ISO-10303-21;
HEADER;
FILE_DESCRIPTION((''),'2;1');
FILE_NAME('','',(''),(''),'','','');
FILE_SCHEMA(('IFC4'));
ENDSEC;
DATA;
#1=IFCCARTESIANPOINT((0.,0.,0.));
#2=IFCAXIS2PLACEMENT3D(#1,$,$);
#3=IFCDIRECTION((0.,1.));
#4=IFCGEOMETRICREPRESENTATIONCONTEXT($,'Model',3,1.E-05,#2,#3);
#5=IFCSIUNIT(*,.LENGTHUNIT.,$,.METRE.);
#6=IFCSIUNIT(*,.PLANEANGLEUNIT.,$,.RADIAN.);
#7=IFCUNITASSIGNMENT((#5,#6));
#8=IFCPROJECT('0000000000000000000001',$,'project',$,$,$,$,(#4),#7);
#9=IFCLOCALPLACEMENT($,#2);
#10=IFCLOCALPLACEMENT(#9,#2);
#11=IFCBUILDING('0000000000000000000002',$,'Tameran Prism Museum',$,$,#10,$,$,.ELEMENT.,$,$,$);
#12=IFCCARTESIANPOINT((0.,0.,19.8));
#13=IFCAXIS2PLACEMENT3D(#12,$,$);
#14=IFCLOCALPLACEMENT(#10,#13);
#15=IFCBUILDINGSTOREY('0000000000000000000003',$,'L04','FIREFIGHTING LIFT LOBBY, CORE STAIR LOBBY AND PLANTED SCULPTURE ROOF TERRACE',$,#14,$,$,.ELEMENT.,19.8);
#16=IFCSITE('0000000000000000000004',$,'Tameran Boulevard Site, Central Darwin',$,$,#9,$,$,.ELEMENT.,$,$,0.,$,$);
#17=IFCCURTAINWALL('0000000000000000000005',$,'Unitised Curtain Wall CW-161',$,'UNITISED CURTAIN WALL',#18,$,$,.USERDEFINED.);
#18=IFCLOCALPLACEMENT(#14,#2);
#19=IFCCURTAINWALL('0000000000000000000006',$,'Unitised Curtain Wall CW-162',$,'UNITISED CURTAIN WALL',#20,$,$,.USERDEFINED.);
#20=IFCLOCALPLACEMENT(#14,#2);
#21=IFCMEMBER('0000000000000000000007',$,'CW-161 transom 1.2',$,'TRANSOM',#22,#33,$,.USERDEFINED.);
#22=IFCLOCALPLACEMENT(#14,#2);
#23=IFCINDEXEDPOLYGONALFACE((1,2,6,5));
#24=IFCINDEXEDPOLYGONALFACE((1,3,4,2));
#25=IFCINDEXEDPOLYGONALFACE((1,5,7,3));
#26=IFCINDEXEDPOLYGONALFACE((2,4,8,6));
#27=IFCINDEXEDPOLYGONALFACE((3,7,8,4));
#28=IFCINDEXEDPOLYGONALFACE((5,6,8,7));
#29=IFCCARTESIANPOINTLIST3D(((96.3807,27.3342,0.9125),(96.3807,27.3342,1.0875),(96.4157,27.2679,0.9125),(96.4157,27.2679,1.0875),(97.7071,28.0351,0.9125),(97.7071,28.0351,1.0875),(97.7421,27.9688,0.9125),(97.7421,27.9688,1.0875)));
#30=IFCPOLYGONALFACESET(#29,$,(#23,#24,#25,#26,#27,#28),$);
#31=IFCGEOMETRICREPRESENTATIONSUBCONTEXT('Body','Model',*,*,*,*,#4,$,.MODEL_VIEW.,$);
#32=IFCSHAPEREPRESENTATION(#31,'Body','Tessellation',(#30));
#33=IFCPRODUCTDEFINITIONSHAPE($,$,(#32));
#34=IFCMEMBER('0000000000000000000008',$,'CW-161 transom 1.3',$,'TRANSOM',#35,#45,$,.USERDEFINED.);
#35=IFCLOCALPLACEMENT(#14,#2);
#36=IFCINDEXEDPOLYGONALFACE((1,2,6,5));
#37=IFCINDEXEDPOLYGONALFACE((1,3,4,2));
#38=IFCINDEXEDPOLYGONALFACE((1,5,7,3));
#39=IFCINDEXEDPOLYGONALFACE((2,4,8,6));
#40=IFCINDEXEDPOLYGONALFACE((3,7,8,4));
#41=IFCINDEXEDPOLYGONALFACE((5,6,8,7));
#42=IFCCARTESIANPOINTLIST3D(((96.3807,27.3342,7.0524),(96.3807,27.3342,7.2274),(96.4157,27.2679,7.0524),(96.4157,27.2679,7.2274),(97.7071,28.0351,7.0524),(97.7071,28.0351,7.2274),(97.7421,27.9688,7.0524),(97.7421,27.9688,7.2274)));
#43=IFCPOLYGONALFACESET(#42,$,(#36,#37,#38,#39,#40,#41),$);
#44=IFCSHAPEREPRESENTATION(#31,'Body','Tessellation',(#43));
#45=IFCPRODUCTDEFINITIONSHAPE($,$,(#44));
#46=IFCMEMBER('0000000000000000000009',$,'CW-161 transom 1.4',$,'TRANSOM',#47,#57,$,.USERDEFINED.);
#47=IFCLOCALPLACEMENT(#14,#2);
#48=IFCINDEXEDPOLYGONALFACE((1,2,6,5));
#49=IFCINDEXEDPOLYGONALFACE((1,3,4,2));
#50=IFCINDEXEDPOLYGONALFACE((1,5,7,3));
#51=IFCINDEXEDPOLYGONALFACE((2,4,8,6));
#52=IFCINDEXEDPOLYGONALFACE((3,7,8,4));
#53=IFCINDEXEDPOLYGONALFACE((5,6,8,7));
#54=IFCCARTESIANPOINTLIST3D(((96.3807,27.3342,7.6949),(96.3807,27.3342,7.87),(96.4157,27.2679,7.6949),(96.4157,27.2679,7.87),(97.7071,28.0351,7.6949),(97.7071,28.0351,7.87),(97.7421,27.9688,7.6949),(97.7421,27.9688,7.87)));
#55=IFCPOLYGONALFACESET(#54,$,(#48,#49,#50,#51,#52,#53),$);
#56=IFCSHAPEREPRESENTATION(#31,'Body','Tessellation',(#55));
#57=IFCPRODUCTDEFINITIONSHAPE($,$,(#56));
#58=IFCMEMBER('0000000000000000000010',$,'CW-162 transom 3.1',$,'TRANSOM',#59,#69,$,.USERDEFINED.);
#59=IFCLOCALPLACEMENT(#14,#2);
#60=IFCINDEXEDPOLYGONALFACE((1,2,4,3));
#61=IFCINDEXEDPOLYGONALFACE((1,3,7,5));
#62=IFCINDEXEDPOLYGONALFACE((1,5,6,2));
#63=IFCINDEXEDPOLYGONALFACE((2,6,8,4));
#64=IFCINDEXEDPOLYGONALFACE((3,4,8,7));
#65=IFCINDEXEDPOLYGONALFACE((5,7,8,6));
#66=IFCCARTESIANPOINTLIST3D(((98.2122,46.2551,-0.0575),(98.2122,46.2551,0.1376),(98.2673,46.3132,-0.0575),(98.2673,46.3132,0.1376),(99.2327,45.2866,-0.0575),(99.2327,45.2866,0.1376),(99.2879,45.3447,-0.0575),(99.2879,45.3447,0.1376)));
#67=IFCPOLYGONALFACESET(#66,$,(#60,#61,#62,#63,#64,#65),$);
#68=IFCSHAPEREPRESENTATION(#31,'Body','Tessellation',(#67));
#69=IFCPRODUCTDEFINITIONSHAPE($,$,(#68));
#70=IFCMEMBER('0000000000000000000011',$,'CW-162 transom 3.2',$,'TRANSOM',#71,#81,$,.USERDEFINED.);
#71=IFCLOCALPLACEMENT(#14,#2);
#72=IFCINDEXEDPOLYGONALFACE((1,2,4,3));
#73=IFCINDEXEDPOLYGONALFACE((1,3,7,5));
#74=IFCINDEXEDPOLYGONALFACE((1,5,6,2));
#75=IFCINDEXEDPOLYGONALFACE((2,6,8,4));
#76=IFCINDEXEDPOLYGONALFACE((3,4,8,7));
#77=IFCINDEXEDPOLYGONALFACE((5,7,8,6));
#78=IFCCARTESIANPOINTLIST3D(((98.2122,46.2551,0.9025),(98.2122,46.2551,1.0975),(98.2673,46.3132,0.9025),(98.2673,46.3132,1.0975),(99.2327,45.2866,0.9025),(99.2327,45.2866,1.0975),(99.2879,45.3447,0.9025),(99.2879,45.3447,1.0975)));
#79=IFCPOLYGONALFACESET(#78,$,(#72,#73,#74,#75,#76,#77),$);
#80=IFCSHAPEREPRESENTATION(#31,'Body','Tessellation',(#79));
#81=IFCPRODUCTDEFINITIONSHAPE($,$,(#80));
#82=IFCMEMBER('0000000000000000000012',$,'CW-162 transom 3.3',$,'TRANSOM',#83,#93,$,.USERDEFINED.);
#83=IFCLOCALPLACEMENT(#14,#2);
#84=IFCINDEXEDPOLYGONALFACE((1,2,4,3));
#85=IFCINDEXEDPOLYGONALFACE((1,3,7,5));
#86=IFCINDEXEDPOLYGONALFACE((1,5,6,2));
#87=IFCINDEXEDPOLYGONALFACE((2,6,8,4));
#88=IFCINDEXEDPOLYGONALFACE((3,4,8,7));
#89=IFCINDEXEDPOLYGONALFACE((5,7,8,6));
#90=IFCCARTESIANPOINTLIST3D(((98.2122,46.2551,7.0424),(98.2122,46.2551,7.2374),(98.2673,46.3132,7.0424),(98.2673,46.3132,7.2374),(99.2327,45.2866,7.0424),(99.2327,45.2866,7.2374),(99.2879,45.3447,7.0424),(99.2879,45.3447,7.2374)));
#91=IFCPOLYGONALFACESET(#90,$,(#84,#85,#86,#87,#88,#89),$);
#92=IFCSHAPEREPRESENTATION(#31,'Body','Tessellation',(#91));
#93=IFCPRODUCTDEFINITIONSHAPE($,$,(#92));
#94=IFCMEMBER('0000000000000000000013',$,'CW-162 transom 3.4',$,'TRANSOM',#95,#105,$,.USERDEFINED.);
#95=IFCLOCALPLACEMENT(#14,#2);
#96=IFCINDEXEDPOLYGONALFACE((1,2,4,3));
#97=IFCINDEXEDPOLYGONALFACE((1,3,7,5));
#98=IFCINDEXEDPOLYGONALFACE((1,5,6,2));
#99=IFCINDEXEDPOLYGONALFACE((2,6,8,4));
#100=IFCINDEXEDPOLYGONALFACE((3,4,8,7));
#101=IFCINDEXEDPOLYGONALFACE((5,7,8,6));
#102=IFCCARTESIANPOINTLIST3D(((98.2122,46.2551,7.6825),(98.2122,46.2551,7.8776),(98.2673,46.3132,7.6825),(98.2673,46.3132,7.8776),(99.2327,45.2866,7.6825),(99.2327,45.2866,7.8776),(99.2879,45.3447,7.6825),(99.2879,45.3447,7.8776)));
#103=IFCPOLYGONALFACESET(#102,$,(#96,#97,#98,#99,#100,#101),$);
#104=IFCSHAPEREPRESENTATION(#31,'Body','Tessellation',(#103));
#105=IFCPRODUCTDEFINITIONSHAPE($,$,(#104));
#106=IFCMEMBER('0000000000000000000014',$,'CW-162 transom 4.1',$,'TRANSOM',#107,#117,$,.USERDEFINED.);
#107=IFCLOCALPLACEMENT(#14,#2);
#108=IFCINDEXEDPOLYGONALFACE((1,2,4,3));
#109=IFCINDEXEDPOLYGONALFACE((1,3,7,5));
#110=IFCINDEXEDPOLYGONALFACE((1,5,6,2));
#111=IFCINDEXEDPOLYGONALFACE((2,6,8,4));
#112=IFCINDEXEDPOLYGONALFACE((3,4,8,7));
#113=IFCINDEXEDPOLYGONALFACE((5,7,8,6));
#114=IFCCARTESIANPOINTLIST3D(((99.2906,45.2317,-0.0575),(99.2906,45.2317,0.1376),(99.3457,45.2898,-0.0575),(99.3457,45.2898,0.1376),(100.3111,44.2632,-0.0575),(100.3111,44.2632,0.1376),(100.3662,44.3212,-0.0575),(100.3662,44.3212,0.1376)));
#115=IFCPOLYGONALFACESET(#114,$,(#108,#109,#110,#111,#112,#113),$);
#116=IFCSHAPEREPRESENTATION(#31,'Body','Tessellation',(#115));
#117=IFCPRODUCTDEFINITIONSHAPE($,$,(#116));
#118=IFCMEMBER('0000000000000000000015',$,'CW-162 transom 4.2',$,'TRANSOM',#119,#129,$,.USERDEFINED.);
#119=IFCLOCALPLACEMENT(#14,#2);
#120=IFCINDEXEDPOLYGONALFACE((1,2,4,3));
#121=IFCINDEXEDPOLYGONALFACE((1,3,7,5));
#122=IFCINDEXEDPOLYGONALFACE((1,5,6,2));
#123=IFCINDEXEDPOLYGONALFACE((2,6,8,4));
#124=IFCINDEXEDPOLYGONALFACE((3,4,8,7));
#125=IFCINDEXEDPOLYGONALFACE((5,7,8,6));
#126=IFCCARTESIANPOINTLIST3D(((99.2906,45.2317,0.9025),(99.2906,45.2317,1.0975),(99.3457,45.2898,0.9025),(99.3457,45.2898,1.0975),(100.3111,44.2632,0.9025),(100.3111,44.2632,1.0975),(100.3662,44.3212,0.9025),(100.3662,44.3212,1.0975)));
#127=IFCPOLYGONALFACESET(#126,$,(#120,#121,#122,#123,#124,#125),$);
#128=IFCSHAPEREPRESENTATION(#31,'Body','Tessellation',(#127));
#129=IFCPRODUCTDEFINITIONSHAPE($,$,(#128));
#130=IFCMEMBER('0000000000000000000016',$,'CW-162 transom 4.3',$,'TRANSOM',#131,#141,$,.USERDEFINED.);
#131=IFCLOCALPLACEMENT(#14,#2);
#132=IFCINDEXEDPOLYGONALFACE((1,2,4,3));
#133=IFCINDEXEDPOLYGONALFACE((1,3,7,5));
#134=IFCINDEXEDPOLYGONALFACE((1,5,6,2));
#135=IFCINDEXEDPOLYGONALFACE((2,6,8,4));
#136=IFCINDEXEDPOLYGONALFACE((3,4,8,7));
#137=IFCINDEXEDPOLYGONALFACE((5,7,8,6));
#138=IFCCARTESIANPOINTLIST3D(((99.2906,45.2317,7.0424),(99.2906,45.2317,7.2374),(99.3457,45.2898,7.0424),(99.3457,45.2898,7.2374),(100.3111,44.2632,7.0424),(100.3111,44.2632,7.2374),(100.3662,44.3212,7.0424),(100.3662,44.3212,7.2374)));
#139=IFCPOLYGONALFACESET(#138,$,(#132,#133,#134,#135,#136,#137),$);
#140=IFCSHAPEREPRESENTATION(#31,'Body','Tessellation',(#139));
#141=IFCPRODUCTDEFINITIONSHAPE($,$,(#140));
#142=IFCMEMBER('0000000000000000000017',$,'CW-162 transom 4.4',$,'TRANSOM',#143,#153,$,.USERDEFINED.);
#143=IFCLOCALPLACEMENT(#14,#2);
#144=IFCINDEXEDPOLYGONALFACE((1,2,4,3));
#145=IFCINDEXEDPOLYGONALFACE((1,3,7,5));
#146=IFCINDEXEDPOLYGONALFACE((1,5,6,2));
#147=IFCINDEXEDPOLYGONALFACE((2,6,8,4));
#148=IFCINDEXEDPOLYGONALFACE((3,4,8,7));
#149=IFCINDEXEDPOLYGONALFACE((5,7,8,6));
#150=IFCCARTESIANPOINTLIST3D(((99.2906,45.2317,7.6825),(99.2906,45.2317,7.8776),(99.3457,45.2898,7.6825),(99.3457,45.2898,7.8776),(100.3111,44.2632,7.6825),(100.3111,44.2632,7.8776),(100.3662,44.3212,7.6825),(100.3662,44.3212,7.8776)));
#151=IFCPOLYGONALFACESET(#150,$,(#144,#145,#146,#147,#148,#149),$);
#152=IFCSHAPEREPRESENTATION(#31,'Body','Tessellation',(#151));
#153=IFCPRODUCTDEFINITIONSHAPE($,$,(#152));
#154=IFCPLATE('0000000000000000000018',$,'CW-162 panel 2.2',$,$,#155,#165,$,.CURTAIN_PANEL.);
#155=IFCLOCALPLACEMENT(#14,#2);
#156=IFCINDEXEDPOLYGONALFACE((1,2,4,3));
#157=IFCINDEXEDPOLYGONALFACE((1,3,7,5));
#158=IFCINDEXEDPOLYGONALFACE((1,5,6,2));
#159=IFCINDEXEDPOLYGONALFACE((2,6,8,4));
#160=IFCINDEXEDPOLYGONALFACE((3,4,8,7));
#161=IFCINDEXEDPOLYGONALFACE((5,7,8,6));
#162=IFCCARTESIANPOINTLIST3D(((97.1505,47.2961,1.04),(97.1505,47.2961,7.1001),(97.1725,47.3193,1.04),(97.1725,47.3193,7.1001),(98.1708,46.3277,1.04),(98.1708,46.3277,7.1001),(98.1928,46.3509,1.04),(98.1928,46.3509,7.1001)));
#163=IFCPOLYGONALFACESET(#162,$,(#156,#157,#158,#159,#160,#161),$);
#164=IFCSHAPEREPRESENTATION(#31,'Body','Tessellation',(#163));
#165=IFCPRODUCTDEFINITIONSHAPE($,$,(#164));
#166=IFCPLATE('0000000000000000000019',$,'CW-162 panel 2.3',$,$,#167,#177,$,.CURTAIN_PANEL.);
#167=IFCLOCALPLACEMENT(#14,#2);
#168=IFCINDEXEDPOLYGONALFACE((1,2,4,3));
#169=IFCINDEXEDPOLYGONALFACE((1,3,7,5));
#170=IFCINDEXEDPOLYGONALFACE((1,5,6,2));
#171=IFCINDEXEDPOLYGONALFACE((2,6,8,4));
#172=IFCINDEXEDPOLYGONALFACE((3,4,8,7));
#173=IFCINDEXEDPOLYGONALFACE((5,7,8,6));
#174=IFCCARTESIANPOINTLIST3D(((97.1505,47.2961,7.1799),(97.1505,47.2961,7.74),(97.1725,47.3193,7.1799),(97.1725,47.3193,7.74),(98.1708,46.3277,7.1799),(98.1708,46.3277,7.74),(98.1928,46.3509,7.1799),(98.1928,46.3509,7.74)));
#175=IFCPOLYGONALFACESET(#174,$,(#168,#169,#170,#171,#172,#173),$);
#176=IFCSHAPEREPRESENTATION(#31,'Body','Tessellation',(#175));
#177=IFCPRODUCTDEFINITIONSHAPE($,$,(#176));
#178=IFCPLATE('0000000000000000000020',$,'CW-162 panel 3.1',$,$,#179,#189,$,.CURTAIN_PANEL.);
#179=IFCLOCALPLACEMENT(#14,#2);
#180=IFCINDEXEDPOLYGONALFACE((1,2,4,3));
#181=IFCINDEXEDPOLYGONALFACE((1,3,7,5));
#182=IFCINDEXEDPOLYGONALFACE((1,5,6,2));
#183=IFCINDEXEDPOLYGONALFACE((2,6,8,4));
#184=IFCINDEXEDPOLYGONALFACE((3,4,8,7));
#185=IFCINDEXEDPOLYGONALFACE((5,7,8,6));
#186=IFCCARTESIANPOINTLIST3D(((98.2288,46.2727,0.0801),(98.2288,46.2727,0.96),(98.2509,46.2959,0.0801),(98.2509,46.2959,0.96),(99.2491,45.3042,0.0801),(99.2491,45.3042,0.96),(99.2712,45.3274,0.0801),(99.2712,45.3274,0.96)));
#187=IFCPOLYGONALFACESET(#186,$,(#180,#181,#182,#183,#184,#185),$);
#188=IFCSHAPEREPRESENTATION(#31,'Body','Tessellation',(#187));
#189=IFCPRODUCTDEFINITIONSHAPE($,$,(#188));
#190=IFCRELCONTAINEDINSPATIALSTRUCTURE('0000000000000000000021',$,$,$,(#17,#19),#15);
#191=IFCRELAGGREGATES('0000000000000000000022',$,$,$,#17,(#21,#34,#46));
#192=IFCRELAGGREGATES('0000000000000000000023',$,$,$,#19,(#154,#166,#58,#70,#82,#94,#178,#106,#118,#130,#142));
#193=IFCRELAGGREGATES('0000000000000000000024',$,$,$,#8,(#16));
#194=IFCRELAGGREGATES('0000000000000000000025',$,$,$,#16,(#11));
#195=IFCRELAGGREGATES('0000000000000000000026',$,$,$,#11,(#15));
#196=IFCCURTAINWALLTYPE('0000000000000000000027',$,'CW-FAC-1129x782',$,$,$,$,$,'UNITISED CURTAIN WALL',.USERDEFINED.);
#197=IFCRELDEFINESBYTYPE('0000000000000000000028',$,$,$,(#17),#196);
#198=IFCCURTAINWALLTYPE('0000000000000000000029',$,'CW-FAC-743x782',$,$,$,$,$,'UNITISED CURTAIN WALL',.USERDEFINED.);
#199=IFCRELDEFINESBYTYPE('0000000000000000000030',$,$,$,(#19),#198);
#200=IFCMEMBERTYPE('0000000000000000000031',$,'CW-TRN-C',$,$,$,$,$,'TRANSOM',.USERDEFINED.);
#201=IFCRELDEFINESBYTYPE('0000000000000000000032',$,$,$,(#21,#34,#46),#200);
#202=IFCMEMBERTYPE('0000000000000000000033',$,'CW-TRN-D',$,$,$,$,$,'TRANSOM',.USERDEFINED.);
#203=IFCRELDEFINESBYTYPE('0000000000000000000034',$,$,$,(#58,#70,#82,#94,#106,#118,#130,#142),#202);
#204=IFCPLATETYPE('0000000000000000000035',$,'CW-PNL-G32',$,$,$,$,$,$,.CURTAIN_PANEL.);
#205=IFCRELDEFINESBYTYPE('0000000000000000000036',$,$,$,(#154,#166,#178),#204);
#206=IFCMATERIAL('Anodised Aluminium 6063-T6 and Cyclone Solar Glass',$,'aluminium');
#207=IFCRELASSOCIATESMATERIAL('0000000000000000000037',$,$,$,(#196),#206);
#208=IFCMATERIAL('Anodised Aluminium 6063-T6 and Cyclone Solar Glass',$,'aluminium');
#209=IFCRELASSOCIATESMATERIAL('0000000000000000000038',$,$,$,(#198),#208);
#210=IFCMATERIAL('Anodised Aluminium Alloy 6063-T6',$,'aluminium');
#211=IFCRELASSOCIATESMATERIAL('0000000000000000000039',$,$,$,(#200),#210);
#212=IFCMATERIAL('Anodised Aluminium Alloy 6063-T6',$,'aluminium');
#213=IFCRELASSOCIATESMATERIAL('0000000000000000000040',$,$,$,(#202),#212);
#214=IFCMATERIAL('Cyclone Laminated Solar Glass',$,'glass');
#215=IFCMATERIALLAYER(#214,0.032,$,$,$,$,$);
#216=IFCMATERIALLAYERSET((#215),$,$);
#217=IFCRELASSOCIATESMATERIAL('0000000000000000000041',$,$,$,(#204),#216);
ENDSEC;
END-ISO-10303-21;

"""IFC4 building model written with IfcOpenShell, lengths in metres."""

from ifc_helpers import new_model, si_unit, direction, frame, origin, origin_2d, place, context, subcontext, project, spatial, rectangle, extrude, material, layer, layer_set, material_profile, profile_set, type_object, element, aggregate, save


model = new_model("IFC4")

# Units and contexts
model_context = context("Model", 3, precision=1e-05, world=origin(), true_north=direction((0.0, 1.0)))
body_context = subcontext(model_context, "Body", "Model", "MODEL_VIEW")
ifc_project = project(units=[si_unit("LENGTHUNIT", "METRE"), si_unit("PLANEANGLEUNIT", "RADIAN")], contexts=[model_context])

# Site, building, storey
site_placement = place(None, origin())
site = spatial("IfcSite", under=ifc_project, at=site_placement, Name="Tameran Boulevard Site, Central Darwin", CompositionType="ELEMENT", RefElevation=0.0)
building_placement = place(site_placement, origin())
building = spatial("IfcBuilding", under=site, at=building_placement, Name="Tameran Prism Museum", CompositionType="ELEMENT")
storey_placement = place(building_placement, frame((0.0, 0.0, 19.8)))
storey = spatial("IfcBuildingStorey", under=building, at=storey_placement, Name="L04", Description="FIREFIGHTING LIFT LOBBY, CORE STAIR LOBBY AND PLANTED SCULPTURE ROOF TERRACE", CompositionType="ELEMENT", Elevation=19.8)

# Curtain wall
ifc_material_1 = material(Name="Anodised Aluminium 6063-T6 and Cyclone Solar Glass", Category="aluminium")
curtain_wall_type_1 = type_object("IfcCurtainWallType", Name="CW-FAC-1129x782", ElementType="UNITISED CURTAIN WALL", PredefinedType="USERDEFINED", material=ifc_material_1)
curtain_wall_1_placement = place(storey_placement, origin())
curtain_wall_1 = element("IfcCurtainWall", 1, at=curtain_wall_1_placement, inside=storey, type_object=curtain_wall_type_1, Name="Unitised Curtain Wall CW-161", ObjectType="UNITISED CURTAIN WALL", PredefinedType="USERDEFINED")

# Curtain wall
ifc_material_2 = material(Name="Anodised Aluminium 6063-T6 and Cyclone Solar Glass", Category="aluminium")
curtain_wall_type_2 = type_object("IfcCurtainWallType", Name="CW-FAC-743x782", ElementType="UNITISED CURTAIN WALL", PredefinedType="USERDEFINED", material=ifc_material_2)
curtain_wall_2_placement = place(storey_placement, origin())
curtain_wall_2 = element("IfcCurtainWall", 2, at=curtain_wall_2_placement, inside=storey, type_object=curtain_wall_type_2, Name="Unitised Curtain Wall CW-162", ObjectType="UNITISED CURTAIN WALL", PredefinedType="USERDEFINED")

# Members
ifc_material_3 = material(Name="Anodised Aluminium Alloy 6063-T6", Category="aluminium")
ifc_material_profile_1 = material_profile(ifc_material_3, rectangle(XDim=0.075, YDim=0.175, at=origin_2d()))
ifc_profile_set_1 = profile_set([ifc_material_profile_1])
member_type_1 = type_object("IfcMemberType", Name="CW-TRN-C", ElementType="TRANSOM", PredefinedType="USERDEFINED", material=ifc_profile_set_1)
member_1_placement = place(storey_placement, frame((97.7246, 28.002, 1.0), z_axis=(-0.884144, -0.467215, 0.0), x_axis=(0.467215, -0.884144, 0.0)))
member_1 = element("IfcMember", 3, at=member_1_placement, type_object=member_type_1, Name="CW-161 transom 1.2", ObjectType="TRANSOM", PredefinedType="USERDEFINED", context=body_context, shape_type="SweptSolid", body=[
    extrude(rectangle(XDim=0.075, YDim=0.175, at=origin_2d()), origin(), (0.0, 0.0, 1.0), 1.5002),
])
member_2_placement = place(storey_placement, frame((97.7246, 28.002, 7.1399), z_axis=(-0.884144, -0.467215, 0.0), x_axis=(0.467215, -0.884144, 0.0)))
member_2 = element("IfcMember", 4, at=member_2_placement, type_object=member_type_1, Name="CW-161 transom 1.3", ObjectType="TRANSOM", PredefinedType="USERDEFINED", context=body_context, shape_type="SweptSolid", body=[
    extrude(rectangle(XDim=0.075, YDim=0.175, at=origin_2d()), origin(), (0.0, 0.0, 1.0), 1.5002),
])
member_3_placement = place(storey_placement, frame((97.7246, 28.002, 7.7825), z_axis=(-0.884144, -0.467215, 0.0), x_axis=(0.467215, -0.884144, 0.0)))
member_3 = element("IfcMember", 5, at=member_3_placement, type_object=member_type_1, Name="CW-161 transom 1.4", ObjectType="TRANSOM", PredefinedType="USERDEFINED", context=body_context, shape_type="SweptSolid", body=[
    extrude(rectangle(XDim=0.075, YDim=0.175, at=origin_2d()), origin(), (0.0, 0.0, 1.0), 1.5002),
])
aggregate(curtain_wall_1, [member_1, member_2, member_3])
ifc_material_4 = material(Name="Anodised Aluminium Alloy 6063-T6", Category="aluminium")
ifc_material_profile_2 = material_profile(ifc_material_4, rectangle(XDim=0.0801, YDim=0.1951, at=origin_2d()))
ifc_profile_set_2 = profile_set([ifc_material_profile_2])
member_type_2 = type_object("IfcMemberType", Name="CW-TRN-D", ElementType="TRANSOM", PredefinedType="USERDEFINED", material=ifc_profile_set_2)
member_4_placement = place(storey_placement, frame((98.2397, 46.2842, 0.04), z_axis=(0.725346, -0.688385, 0.0), x_axis=(0.688385, 0.725346, 0.0)))
member_4 = element("IfcMember", 6, at=member_4_placement, type_object=member_type_2, Name="CW-162 transom 3.1", ObjectType="TRANSOM", PredefinedType="USERDEFINED", context=body_context, shape_type="SweptSolid", body=[
    extrude(rectangle(XDim=0.0801, YDim=0.1951, at=origin_2d()), origin(), (0.0, 0.0, 1.0), 1.407),
])
member_5_placement = place(storey_placement, frame((98.2397, 46.2842, 1.0), z_axis=(0.725346, -0.688385, 0.0), x_axis=(0.688385, 0.725346, 0.0)))
member_5 = element("IfcMember", 7, at=member_5_placement, type_object=member_type_2, Name="CW-162 transom 3.2", ObjectType="TRANSOM", PredefinedType="USERDEFINED", context=body_context, shape_type="SweptSolid", body=[
    extrude(rectangle(XDim=0.0801, YDim=0.1951, at=origin_2d()), origin(), (0.0, 0.0, 1.0), 1.407),
])
member_6_placement = place(storey_placement, frame((98.2397, 46.2842, 7.1399), z_axis=(0.725346, -0.688385, 0.0), x_axis=(0.688385, 0.725346, 0.0)))
member_6 = element("IfcMember", 8, at=member_6_placement, type_object=member_type_2, Name="CW-162 transom 3.3", ObjectType="TRANSOM", PredefinedType="USERDEFINED", context=body_context, shape_type="SweptSolid", body=[
    extrude(rectangle(XDim=0.0801, YDim=0.1951, at=origin_2d()), origin(), (0.0, 0.0, 1.0), 1.407),
])
member_7_placement = place(storey_placement, frame((98.2397, 46.2842, 7.78), z_axis=(0.725346, -0.688385, 0.0), x_axis=(0.688385, 0.725346, 0.0)))
member_7 = element("IfcMember", 9, at=member_7_placement, type_object=member_type_2, Name="CW-162 transom 3.4", ObjectType="TRANSOM", PredefinedType="USERDEFINED", context=body_context, shape_type="SweptSolid", body=[
    extrude(rectangle(XDim=0.0801, YDim=0.1951, at=origin_2d()), origin(), (0.0, 0.0, 1.0), 1.407),
])
member_8_placement = place(storey_placement, frame((99.3181, 45.2607, 0.04), z_axis=(0.725346, -0.688385, 0.0), x_axis=(0.688385, 0.725346, 0.0)))
member_8 = element("IfcMember", 10, at=member_8_placement, type_object=member_type_2, Name="CW-162 transom 4.1", ObjectType="TRANSOM", PredefinedType="USERDEFINED", context=body_context, shape_type="SweptSolid", body=[
    extrude(rectangle(XDim=0.0801, YDim=0.1951, at=origin_2d()), origin(), (0.0, 0.0, 1.0), 1.407),
])
member_9_placement = place(storey_placement, frame((99.3181, 45.2607, 1.0), z_axis=(0.725346, -0.688385, 0.0), x_axis=(0.688385, 0.725346, 0.0)))
member_9 = element("IfcMember", 11, at=member_9_placement, type_object=member_type_2, Name="CW-162 transom 4.2", ObjectType="TRANSOM", PredefinedType="USERDEFINED", context=body_context, shape_type="SweptSolid", body=[
    extrude(rectangle(XDim=0.0801, YDim=0.1951, at=origin_2d()), origin(), (0.0, 0.0, 1.0), 1.407),
])
member_10_placement = place(storey_placement, frame((99.3181, 45.2607, 7.1399), z_axis=(0.725346, -0.688385, 0.0), x_axis=(0.688385, 0.725346, 0.0)))
member_10 = element("IfcMember", 12, at=member_10_placement, type_object=member_type_2, Name="CW-162 transom 4.3", ObjectType="TRANSOM", PredefinedType="USERDEFINED", context=body_context, shape_type="SweptSolid", body=[
    extrude(rectangle(XDim=0.0801, YDim=0.1951, at=origin_2d()), origin(), (0.0, 0.0, 1.0), 1.407),
])
member_11_placement = place(storey_placement, frame((99.3181, 45.2607, 7.78), z_axis=(0.725346, -0.688385, 0.0), x_axis=(0.688385, 0.725346, 0.0)))
member_11 = element("IfcMember", 13, at=member_11_placement, type_object=member_type_2, Name="CW-162 transom 4.4", ObjectType="TRANSOM", PredefinedType="USERDEFINED", context=body_context, shape_type="SweptSolid", body=[
    extrude(rectangle(XDim=0.0801, YDim=0.1951, at=origin_2d()), origin(), (0.0, 0.0, 1.0), 1.407),
])

# Plates
ifc_material_5 = material(Name="Cyclone Laminated Solar Glass", Category="glass")
ifc_layer_1 = layer(ifc_material_5, 0.032)
ifc_layer_set_1 = layer_set([ifc_layer_1])
plate_type = type_object("IfcPlateType", Name="CW-PNL-G32", PredefinedType="CURTAIN_PANEL", material=ifc_layer_set_1)
plate_1_placement = place(storey_placement, frame((97.6716, 46.8235, 1.04), z_axis=(0.0, 0.0, 1.0), x_axis=(0.725295, -0.688438, 0.0)))
plate_1 = element("IfcPlate", 14, at=plate_1_placement, type_object=plate_type, Name="CW-162 panel 2.2", PredefinedType="CURTAIN_PANEL", context=body_context, shape_type="SweptSolid", body=[
    extrude(rectangle(XDim=1.4067, YDim=0.032, at=origin_2d()), origin(), (0.0, 0.0, 1.0), 6.0601),
])
plate_2_placement = place(storey_placement, frame((97.6716, 46.8235, 7.1799), z_axis=(0.0, 0.0, 1.0), x_axis=(0.725295, -0.688438, 0.0)))
plate_2 = element("IfcPlate", 15, at=plate_2_placement, type_object=plate_type, Name="CW-162 panel 2.3", PredefinedType="CURTAIN_PANEL", context=body_context, shape_type="SweptSolid", body=[
    extrude(rectangle(XDim=1.4067, YDim=0.032, at=origin_2d()), origin(), (0.0, 0.0, 1.0), 0.5601),
])
plate_3_placement = place(storey_placement, frame((98.75, 45.8, 0.0801), z_axis=(0.0, 0.0, 1.0), x_axis=(0.725295, -0.688438, 0.0)))
plate_3 = element("IfcPlate", 16, at=plate_3_placement, type_object=plate_type, Name="CW-162 panel 3.1", PredefinedType="CURTAIN_PANEL", context=body_context, shape_type="SweptSolid", body=[
    extrude(rectangle(XDim=1.4067, YDim=0.032, at=origin_2d()), origin(), (0.0, 0.0, 1.0), 0.8799),
])
aggregate(curtain_wall_2, [plate_1, plate_2, member_4, member_5, member_6, member_7, plate_3, member_8, member_9, member_10, member_11])

save(model, "model.ifc")
